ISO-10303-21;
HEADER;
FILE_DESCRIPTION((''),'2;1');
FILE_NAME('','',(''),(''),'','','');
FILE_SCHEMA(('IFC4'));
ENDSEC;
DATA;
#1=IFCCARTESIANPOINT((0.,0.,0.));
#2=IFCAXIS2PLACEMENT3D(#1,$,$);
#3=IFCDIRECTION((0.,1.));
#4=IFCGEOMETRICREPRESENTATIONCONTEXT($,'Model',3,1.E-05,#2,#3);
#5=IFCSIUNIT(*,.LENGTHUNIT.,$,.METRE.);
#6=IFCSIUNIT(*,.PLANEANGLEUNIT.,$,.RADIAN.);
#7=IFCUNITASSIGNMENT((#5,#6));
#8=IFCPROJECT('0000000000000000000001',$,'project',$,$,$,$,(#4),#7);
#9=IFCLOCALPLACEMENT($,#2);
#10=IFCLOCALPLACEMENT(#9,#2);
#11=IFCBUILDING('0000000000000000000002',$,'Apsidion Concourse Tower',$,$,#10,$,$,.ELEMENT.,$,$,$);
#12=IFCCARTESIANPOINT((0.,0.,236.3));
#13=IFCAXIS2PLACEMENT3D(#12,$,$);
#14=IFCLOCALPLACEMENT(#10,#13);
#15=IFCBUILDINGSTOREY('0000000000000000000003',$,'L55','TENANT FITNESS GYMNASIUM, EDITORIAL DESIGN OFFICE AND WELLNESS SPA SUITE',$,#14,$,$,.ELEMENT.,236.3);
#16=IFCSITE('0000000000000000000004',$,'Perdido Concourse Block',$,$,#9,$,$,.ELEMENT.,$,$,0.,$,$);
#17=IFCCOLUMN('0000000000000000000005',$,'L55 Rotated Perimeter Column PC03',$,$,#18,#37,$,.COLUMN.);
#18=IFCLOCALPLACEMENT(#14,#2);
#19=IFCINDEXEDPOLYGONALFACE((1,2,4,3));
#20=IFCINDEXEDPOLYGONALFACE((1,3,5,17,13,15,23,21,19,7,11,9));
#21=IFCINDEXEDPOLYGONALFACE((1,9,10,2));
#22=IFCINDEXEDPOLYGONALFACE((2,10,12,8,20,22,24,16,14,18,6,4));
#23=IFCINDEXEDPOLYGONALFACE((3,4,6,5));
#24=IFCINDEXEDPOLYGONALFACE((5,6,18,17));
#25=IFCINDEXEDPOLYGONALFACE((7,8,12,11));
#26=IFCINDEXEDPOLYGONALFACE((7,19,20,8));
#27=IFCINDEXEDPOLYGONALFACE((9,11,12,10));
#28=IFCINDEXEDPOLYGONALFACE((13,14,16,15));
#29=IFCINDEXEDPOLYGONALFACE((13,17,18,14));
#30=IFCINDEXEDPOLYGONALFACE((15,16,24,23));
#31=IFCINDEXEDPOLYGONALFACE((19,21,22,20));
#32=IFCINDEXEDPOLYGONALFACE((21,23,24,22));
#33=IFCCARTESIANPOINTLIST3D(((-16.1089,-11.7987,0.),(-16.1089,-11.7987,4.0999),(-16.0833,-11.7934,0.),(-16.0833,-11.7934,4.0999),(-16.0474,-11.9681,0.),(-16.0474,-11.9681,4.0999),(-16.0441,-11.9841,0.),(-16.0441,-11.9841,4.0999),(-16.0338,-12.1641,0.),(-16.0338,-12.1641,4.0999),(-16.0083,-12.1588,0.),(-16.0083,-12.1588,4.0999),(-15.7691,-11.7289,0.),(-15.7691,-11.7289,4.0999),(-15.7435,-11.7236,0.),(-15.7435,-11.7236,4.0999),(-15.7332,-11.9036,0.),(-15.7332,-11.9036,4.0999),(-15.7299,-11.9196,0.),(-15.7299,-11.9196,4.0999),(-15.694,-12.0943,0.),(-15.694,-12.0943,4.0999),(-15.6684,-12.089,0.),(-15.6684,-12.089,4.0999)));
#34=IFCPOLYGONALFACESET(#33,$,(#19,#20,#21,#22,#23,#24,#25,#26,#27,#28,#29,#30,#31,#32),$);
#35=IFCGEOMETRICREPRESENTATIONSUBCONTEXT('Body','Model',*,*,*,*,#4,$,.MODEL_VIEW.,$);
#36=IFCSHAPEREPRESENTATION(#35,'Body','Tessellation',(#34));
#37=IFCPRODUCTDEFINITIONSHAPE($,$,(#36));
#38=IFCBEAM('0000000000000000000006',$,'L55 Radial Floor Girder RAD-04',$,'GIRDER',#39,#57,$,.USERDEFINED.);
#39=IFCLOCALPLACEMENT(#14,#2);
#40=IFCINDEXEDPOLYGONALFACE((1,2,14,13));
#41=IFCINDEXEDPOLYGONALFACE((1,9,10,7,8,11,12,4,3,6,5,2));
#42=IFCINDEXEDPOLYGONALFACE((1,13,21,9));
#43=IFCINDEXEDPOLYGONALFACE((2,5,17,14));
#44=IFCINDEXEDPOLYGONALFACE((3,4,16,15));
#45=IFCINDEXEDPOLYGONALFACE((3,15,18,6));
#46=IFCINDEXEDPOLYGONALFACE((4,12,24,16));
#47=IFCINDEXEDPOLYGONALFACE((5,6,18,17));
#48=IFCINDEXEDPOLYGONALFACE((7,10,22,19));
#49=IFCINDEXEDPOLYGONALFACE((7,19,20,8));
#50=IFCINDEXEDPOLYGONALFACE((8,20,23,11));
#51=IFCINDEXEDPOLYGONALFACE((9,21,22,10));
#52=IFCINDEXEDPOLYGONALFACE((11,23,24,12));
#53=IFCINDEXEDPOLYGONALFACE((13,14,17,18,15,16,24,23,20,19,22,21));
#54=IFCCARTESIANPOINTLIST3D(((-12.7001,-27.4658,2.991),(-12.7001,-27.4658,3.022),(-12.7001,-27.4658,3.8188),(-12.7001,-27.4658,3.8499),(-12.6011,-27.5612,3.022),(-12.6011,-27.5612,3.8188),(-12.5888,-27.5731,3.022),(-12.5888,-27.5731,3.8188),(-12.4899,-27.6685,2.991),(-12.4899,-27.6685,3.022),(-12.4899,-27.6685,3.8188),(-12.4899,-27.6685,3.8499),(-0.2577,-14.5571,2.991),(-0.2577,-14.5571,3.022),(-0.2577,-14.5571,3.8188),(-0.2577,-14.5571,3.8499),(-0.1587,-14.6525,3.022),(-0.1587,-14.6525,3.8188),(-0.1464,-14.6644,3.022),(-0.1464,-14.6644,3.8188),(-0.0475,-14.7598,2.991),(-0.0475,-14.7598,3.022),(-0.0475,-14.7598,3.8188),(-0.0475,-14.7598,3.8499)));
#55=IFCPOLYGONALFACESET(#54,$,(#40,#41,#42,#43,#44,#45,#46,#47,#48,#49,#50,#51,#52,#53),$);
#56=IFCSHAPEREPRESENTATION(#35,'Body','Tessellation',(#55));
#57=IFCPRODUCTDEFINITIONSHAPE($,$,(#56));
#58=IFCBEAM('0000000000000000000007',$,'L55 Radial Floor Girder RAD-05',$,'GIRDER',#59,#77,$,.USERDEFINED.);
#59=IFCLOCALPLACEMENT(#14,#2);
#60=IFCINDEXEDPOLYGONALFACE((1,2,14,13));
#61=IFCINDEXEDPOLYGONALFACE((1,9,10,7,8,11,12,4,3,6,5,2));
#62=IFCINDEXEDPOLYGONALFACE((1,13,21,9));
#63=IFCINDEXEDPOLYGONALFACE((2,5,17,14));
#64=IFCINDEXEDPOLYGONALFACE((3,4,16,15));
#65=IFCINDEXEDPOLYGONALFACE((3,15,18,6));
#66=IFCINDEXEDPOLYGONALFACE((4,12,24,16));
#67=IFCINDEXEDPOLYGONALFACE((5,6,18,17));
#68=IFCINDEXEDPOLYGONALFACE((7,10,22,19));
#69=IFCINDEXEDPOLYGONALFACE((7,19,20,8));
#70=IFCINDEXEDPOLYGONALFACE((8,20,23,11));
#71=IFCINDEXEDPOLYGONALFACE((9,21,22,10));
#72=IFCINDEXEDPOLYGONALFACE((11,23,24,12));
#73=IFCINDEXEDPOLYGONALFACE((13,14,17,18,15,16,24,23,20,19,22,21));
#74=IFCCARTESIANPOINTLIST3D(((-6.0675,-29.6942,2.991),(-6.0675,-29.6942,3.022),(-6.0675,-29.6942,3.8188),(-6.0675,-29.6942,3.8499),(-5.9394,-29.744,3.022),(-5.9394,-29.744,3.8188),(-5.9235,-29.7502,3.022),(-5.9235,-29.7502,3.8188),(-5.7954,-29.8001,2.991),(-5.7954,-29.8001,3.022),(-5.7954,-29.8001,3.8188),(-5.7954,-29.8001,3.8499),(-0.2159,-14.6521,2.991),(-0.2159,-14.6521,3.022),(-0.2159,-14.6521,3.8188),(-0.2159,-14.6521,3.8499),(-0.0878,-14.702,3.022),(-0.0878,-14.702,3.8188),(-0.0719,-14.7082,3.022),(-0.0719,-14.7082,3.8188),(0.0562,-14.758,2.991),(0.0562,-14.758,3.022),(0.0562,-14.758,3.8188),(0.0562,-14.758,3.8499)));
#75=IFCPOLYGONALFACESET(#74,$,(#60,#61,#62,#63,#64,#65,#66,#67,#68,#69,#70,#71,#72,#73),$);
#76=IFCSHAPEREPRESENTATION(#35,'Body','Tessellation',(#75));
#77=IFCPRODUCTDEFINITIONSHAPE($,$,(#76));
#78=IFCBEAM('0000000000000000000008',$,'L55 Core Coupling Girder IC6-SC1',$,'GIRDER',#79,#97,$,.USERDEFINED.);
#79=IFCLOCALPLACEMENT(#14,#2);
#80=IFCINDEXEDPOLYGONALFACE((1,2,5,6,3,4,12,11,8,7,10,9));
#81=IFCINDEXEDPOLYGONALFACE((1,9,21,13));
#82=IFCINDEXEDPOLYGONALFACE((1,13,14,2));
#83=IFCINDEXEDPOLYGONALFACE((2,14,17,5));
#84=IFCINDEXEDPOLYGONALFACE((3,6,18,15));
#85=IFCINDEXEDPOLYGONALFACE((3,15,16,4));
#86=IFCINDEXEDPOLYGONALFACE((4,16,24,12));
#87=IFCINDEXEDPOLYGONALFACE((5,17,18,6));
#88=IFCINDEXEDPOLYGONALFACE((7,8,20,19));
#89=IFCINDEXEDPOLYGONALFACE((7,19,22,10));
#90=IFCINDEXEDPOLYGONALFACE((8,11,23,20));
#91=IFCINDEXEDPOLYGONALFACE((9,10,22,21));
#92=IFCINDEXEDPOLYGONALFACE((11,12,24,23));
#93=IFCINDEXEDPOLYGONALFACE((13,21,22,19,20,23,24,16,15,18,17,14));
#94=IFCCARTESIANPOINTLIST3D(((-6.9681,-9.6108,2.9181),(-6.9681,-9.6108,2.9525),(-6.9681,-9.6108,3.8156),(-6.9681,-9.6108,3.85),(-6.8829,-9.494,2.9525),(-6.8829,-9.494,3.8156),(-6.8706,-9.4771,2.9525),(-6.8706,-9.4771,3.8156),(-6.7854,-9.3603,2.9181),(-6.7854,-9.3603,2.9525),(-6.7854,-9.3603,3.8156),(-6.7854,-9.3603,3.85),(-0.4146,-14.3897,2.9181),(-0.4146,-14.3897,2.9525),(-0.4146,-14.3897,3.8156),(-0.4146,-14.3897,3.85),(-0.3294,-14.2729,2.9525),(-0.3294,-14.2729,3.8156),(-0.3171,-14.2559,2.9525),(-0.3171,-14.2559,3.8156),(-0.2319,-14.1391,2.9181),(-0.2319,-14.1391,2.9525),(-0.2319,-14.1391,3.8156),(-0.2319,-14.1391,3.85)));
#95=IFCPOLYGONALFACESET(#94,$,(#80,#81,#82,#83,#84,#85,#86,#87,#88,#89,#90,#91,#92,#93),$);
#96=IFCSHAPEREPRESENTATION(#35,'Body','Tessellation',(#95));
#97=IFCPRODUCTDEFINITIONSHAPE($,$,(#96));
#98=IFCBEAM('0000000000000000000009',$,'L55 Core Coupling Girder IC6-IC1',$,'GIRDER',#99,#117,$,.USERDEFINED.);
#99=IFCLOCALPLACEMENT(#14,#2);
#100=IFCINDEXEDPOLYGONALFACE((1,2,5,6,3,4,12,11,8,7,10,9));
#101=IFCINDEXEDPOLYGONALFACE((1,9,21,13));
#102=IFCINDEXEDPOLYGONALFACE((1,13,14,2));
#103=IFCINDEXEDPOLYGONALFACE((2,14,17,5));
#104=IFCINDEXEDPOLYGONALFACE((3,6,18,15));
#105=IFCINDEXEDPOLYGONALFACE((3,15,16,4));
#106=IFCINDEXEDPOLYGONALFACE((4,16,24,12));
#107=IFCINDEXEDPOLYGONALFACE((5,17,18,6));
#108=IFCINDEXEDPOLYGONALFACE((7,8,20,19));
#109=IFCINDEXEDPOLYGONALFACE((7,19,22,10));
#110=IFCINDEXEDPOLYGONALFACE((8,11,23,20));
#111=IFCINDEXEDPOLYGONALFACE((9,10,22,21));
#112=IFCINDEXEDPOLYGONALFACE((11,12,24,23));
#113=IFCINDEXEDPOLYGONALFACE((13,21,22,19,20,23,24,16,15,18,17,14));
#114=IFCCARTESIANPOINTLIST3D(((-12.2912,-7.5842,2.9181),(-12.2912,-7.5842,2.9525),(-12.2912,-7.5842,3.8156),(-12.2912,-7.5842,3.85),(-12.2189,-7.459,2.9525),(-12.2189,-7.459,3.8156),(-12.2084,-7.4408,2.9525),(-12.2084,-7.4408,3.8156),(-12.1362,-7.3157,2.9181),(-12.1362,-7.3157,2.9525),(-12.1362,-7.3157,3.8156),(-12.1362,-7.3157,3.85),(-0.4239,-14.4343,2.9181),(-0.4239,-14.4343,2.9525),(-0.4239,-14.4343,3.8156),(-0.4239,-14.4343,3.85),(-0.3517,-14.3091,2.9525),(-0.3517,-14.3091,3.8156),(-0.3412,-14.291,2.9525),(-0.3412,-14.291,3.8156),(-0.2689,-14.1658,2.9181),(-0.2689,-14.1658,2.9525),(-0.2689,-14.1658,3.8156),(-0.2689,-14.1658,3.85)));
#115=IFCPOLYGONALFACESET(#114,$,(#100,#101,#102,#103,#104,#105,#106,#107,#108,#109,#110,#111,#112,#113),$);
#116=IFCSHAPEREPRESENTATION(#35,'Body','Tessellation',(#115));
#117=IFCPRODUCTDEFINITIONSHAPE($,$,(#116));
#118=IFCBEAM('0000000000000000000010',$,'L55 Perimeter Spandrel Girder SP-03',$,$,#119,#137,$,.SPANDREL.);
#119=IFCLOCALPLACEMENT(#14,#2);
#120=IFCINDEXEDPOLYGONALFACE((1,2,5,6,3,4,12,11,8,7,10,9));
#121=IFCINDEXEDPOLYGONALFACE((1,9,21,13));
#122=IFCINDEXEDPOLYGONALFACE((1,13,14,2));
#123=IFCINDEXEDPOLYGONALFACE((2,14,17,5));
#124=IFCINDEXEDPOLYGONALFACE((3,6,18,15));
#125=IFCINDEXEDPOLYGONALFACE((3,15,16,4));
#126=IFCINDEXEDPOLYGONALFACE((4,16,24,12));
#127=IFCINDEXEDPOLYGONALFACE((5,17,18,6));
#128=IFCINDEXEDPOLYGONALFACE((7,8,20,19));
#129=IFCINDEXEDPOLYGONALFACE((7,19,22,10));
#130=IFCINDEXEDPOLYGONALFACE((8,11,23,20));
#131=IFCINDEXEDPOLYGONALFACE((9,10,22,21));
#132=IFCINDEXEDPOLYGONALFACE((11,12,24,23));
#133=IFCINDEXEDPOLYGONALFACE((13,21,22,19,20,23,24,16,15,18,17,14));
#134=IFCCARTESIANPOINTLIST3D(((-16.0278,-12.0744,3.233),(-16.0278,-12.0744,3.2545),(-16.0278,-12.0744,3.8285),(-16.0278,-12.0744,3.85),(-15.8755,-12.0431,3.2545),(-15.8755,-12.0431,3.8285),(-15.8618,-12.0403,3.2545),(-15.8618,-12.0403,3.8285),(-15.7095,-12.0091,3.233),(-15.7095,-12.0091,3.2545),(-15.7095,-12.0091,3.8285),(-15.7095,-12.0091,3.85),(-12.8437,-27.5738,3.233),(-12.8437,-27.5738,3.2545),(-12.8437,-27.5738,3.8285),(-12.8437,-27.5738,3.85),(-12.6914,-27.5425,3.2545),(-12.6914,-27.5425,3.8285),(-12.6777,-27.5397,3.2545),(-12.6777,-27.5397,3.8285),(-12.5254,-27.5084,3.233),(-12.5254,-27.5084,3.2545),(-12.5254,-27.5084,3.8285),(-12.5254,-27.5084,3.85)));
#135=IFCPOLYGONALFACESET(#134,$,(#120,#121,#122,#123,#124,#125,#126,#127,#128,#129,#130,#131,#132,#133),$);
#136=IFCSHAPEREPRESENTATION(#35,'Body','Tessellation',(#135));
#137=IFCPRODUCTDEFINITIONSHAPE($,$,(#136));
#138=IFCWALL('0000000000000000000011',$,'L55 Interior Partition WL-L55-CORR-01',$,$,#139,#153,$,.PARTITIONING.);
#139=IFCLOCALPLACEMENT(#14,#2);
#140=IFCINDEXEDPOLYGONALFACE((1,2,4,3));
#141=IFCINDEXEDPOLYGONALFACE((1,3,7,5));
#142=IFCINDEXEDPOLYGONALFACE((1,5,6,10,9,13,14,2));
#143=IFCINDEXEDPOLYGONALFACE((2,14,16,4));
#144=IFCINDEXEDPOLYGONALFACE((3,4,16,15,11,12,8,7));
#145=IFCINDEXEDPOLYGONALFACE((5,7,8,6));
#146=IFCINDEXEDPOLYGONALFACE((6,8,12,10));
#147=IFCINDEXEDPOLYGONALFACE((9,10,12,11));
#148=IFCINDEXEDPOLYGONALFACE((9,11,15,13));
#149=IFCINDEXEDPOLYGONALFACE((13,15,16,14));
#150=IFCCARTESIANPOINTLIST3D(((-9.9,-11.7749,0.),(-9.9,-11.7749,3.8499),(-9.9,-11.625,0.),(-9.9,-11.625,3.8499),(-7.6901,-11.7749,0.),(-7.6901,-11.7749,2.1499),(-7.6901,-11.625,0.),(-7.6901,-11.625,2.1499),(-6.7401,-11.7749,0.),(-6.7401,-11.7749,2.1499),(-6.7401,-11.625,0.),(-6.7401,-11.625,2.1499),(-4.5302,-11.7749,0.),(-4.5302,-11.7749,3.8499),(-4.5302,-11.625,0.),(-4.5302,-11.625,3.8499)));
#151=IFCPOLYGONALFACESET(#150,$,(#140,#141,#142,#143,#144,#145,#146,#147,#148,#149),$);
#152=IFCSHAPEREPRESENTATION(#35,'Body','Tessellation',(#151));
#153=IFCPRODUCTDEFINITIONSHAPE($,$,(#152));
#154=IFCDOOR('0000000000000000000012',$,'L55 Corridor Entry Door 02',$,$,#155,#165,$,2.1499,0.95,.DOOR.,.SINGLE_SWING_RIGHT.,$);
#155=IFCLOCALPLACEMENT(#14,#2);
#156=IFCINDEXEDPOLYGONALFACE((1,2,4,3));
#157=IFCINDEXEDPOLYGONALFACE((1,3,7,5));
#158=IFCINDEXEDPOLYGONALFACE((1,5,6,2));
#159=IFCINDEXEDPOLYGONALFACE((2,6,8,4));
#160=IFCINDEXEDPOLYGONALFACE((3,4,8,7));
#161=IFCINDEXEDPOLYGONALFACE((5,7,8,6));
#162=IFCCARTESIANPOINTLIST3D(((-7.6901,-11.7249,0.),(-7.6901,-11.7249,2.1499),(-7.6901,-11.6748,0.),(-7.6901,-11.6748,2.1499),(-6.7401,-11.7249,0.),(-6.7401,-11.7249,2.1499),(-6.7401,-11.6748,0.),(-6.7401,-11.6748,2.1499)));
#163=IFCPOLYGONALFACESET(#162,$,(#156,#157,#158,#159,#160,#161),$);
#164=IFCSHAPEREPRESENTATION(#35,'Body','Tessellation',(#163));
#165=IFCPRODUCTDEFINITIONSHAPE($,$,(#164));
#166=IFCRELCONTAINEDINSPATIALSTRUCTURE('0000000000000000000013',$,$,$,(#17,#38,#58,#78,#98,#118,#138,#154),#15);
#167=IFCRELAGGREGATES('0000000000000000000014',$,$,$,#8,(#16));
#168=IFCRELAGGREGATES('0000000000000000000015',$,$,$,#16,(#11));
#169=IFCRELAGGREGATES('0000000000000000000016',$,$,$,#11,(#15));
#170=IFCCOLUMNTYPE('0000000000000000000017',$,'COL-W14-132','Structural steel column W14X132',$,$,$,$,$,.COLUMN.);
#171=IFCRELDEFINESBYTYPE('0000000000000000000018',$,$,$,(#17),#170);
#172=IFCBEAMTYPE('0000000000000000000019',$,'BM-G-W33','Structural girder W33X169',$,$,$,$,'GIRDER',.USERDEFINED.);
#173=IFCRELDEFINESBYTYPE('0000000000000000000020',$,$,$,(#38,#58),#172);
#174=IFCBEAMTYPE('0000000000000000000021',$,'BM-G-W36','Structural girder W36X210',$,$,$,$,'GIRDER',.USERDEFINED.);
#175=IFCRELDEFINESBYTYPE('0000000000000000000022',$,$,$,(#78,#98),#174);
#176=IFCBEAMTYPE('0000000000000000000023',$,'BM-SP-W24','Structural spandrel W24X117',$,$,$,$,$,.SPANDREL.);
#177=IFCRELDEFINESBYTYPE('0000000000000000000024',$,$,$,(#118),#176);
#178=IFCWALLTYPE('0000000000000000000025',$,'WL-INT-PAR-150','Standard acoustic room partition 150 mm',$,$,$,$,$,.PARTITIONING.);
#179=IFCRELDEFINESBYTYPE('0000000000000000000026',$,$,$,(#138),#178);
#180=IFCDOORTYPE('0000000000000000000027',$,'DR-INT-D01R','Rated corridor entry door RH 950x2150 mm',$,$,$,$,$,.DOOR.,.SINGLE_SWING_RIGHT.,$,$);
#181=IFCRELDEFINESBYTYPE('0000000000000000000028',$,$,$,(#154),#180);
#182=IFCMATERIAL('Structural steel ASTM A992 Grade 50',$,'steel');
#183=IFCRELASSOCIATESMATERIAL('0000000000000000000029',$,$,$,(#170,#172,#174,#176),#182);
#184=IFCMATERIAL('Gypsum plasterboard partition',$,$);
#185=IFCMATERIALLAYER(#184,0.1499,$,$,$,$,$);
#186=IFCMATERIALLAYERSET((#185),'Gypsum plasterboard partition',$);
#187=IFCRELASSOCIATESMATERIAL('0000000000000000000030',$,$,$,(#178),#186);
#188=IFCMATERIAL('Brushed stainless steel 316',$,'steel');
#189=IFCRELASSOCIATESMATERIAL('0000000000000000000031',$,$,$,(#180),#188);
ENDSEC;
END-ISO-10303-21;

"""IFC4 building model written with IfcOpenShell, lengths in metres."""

from ifc_helpers import new_model, si_unit, direction, frame, frame_2d, origin, origin_2d, place, context, subcontext, project, spatial, rectangle, i_section, extrude, material, layer, layer_set, material_profile, profile_set, type_object, element, fill, save


model = new_model("IFC4")

# Units and contexts
model_context = context("Model", 3, precision=1e-05, world=origin(), true_north=direction((0.0, 1.0)))
body_context = subcontext(model_context, "Body", "Model", "MODEL_VIEW")
ifc_project = project(units=[si_unit("LENGTHUNIT", "METRE"), si_unit("PLANEANGLEUNIT", "RADIAN")], contexts=[model_context])

# Site, building, storey
site_placement = place(None, origin())
site = spatial("IfcSite", under=ifc_project, at=site_placement, Name="Perdido Concourse Block", CompositionType="ELEMENT", RefElevation=0.0)
building_placement = place(site_placement, origin())
building = spatial("IfcBuilding", under=site, at=building_placement, Name="Apsidion Concourse Tower", CompositionType="ELEMENT")
storey_placement = place(building_placement, frame((0.0, 0.0, 236.3)))
storey = spatial("IfcBuildingStorey", under=building, at=storey_placement, Name="L55", Description="TENANT FITNESS GYMNASIUM, EDITORIAL DESIGN OFFICE AND WELLNESS SPA SUITE", CompositionType="ELEMENT", Elevation=236.3)

# Column
ifc_material_1 = material(Name="Structural steel ASTM A992 Grade 50", Category="steel")
ifc_material_profile_1 = material_profile(ifc_material_1, i_section(OverallWidth=0.373, OverallDepth=0.373, WebThickness=0.0164, FlangeThickness=0.0261, at=origin_2d()), Name="W14X132")
ifc_profile_set_1 = profile_set([ifc_material_profile_1], Name="Structural steel ASTM A992 Grade 50")
column_type = type_object("IfcColumnType", Name="COL-W14-132", Description="Structural steel column W14X132", PredefinedType="COLUMN", material=ifc_profile_set_1)
column_placement = place(storey_placement, frame((-15.8887, -11.9438, 0.0), z_axis=(0.0, 0.0, 1.0), x_axis=(-0.201249, 0.97954, 0.0)))
element("IfcColumn", 1, at=column_placement, inside=storey, type_object=column_type, Name="L55 Rotated Perimeter Column PC03", PredefinedType="COLUMN", context=body_context, shape_type="SweptSolid", body=[
    extrude(i_section(OverallWidth=0.373, OverallDepth=0.373, WebThickness=0.0164, FlangeThickness=0.0261, at=origin_2d()), origin(), (0.0, 0.0, 1.0), 4.0999),
])

# Beams
ifc_material_profile_2 = material_profile(ifc_material_1, i_section(OverallWidth=0.292, OverallDepth=0.8589, WebThickness=0.0171, FlangeThickness=0.031, at=origin_2d()), Name="W33X169")
ifc_profile_set_2 = profile_set([ifc_material_profile_2], Name="Structural steel ASTM A992 Grade 50")
beam_type_1 = type_object("IfcBeamType", Name="BM-G-W33", Description="Structural girder W33X169", ElementType="GIRDER", PredefinedType="USERDEFINED", material=ifc_profile_set_2)
beam_1_placement = place(storey_placement, frame((-0.1526, -14.6584, 3.4204), z_axis=(-0.693983, -0.719992, 0.0), x_axis=(0.719992, -0.693983, 0.0)))
element("IfcBeam", 2, at=beam_1_placement, inside=storey, type_object=beam_type_1, Name="L55 Radial Floor Girder RAD-04", ObjectType="GIRDER", PredefinedType="USERDEFINED", context=body_context, shape_type="SweptSolid", body=[
    extrude(i_section(OverallWidth=0.292, OverallDepth=0.8589, WebThickness=0.0171, FlangeThickness=0.031, at=origin_2d()), origin(), (0.0, 0.0, 1.0), 17.929),
])
beam_2_placement = place(storey_placement, frame((-0.0798, -14.7051, 3.4204), z_axis=(-0.362548, -0.931965, 0.0), x_axis=(0.931965, -0.362548, 0.0)))
element("IfcBeam", 3, at=beam_2_placement, inside=storey, type_object=beam_type_1, Name="L55 Radial Floor Girder RAD-05", ObjectType="GIRDER", PredefinedType="USERDEFINED", context=body_context, shape_type="SweptSolid", body=[
    extrude(i_section(OverallWidth=0.292, OverallDepth=0.8589, WebThickness=0.0171, FlangeThickness=0.031, at=origin_2d()), origin(), (0.0, 0.0, 1.0), 16.1401),
])
ifc_material_profile_3 = material_profile(ifc_material_1, i_section(OverallWidth=0.3101, OverallDepth=0.9319, WebThickness=0.021, FlangeThickness=0.0344, at=origin_2d()), Name="W36X210")
ifc_profile_set_3 = profile_set([ifc_material_profile_3], Name="Structural steel ASTM A992 Grade 50")
beam_type_2 = type_object("IfcBeamType", Name="BM-G-W36", Description="Structural girder W36X210", ElementType="GIRDER", PredefinedType="USERDEFINED", material=ifc_profile_set_3)
beam_3_placement = place(storey_placement, frame((-0.3232, -14.2644, 3.384), z_axis=(-0.807993, 0.589191, 0.0), x_axis=(-0.589191, -0.807993, 0.0)))
element("IfcBeam", 4, at=beam_3_placement, inside=storey, type_object=beam_type_2, Name="L55 Core Coupling Girder IC6-SC1", ObjectType="GIRDER", PredefinedType="USERDEFINED", context=body_context, shape_type="SweptSolid", body=[
    extrude(i_section(OverallWidth=0.3101, OverallDepth=0.9319, WebThickness=0.021, FlangeThickness=0.0344, at=origin_2d()), origin(), (0.0, 0.0, 1.0), 8.1108),
])
beam_4_placement = place(storey_placement, frame((-0.3464, -14.3, 3.384), z_axis=(-0.86607, 0.499922, 0.0), x_axis=(-0.499922, -0.86607, 0.0)))
element("IfcBeam", 5, at=beam_4_placement, inside=storey, type_object=beam_type_2, Name="L55 Core Coupling Girder IC6-IC1", ObjectType="GIRDER", PredefinedType="USERDEFINED", context=body_context, shape_type="SweptSolid", body=[
    extrude(i_section(OverallWidth=0.3101, OverallDepth=0.9319, WebThickness=0.021, FlangeThickness=0.0344, at=origin_2d()), origin(), (0.0, 0.0, 1.0), 13.7024),
])
ifc_material_profile_4 = material_profile(ifc_material_1, i_section(OverallWidth=0.325, OverallDepth=0.6169, WebThickness=0.0139, FlangeThickness=0.0215, at=origin_2d()), Name="W24X117")
ifc_profile_set_4 = profile_set([ifc_material_profile_4], Name="Structural steel ASTM A992 Grade 50")
beam_type_3 = type_object("IfcBeamType", Name="BM-SP-W24", Description="Structural spandrel W24X117", PredefinedType="SPANDREL", material=ifc_profile_set_4)
beam_5_placement = place(storey_placement, frame((-15.8687, -12.0417, 3.5415), z_axis=(0.201232, -0.979544, 0.0), x_axis=(0.979544, 0.201232, 0.0)))
element("IfcBeam", 6, at=beam_5_placement, inside=storey, type_object=beam_type_3, Name="L55 Perimeter Spandrel Girder SP-03", PredefinedType="SPANDREL", context=body_context, shape_type="SweptSolid", body=[
    extrude(i_section(OverallWidth=0.325, OverallDepth=0.6169, WebThickness=0.0139, FlangeThickness=0.0215, at=origin_2d()), origin(), (0.0, 0.0, 1.0), 15.823),
])

# Wall, opening, door
ifc_material_2 = material(Name="Gypsum plasterboard partition")
ifc_layer = layer(ifc_material_2, 0.1499)
ifc_layer_set = layer_set([ifc_layer], Name="Gypsum plasterboard partition")
wall_type = type_object("IfcWallType", Name="WL-INT-PAR-150", Description="Standard acoustic room partition 150 mm", PredefinedType="PARTITIONING", material=ifc_layer_set)
wall_1_placement = place(storey_placement, frame((-4.53, -11.7, 0.0), z_axis=(0.0, 0.0, 1.0), x_axis=(-1.0, 0.0, 0.0)))
wall_1 = element("IfcWall", 7, at=wall_1_placement, inside=storey, type_object=wall_type, Name="L55 Interior Partition WL-L55-CORR-01", PredefinedType="PARTITIONING", context=body_context, shape_type="SweptSolid", body=[
    extrude(rectangle(XDim=5.3699, YDim=0.1499, at=frame_2d((2.6851, 0.0))), origin(), (0.0, 0.0, 1.0), 3.8499),
])
opening_1_placement = place(wall_1_placement, frame((2.21, 0.0, 0.0)))
opening_1 = element("IfcOpeningElement", 8, at=opening_1_placement, cuts=wall_1, PredefinedType="OPENING", context=body_context, shape_type="SweptSolid", body=[
    extrude(rectangle(XDim=0.95, YDim=2.1499, at=frame_2d((0.4751, 1.075))), frame((0.0, 0.085, 0.0), z_axis=(0.0, -1.0, 0.0), x_axis=(1.0, 0.0, 0.0)), (0.0, 0.0, 1.0), 0.1699),
])
ifc_material_3 = material(Name="Brushed stainless steel 316", Category="steel")
door_type_1 = type_object("IfcDoorType", Name="DR-INT-D01R", Description="Rated corridor entry door RH 950x2150 mm", OperationType="SINGLE_SWING_RIGHT", PredefinedType="DOOR", material=ifc_material_3)
door_1_placement = place(opening_1_placement, origin())
door_1 = element("IfcDoor", 9, at=door_1_placement, inside=storey, type_object=door_type_1, Name="L55 Corridor Entry Door 02", OperationType="SINGLE_SWING_RIGHT", OverallHeight=2.1499, OverallWidth=0.95, PredefinedType="DOOR", context=body_context, shape_type="SweptSolid", body=[
    extrude(rectangle(XDim=0.95, YDim=2.1499, at=frame_2d((0.4751, 1.075))), frame((0.0, 0.0249, 0.0), z_axis=(0.0, -1.0, 0.0), x_axis=(1.0, 0.0, 0.0)), (0.0, 0.0, 1.0), 0.05),
])
fill(opening_1, door_1)

save(model, "model.ifc")
